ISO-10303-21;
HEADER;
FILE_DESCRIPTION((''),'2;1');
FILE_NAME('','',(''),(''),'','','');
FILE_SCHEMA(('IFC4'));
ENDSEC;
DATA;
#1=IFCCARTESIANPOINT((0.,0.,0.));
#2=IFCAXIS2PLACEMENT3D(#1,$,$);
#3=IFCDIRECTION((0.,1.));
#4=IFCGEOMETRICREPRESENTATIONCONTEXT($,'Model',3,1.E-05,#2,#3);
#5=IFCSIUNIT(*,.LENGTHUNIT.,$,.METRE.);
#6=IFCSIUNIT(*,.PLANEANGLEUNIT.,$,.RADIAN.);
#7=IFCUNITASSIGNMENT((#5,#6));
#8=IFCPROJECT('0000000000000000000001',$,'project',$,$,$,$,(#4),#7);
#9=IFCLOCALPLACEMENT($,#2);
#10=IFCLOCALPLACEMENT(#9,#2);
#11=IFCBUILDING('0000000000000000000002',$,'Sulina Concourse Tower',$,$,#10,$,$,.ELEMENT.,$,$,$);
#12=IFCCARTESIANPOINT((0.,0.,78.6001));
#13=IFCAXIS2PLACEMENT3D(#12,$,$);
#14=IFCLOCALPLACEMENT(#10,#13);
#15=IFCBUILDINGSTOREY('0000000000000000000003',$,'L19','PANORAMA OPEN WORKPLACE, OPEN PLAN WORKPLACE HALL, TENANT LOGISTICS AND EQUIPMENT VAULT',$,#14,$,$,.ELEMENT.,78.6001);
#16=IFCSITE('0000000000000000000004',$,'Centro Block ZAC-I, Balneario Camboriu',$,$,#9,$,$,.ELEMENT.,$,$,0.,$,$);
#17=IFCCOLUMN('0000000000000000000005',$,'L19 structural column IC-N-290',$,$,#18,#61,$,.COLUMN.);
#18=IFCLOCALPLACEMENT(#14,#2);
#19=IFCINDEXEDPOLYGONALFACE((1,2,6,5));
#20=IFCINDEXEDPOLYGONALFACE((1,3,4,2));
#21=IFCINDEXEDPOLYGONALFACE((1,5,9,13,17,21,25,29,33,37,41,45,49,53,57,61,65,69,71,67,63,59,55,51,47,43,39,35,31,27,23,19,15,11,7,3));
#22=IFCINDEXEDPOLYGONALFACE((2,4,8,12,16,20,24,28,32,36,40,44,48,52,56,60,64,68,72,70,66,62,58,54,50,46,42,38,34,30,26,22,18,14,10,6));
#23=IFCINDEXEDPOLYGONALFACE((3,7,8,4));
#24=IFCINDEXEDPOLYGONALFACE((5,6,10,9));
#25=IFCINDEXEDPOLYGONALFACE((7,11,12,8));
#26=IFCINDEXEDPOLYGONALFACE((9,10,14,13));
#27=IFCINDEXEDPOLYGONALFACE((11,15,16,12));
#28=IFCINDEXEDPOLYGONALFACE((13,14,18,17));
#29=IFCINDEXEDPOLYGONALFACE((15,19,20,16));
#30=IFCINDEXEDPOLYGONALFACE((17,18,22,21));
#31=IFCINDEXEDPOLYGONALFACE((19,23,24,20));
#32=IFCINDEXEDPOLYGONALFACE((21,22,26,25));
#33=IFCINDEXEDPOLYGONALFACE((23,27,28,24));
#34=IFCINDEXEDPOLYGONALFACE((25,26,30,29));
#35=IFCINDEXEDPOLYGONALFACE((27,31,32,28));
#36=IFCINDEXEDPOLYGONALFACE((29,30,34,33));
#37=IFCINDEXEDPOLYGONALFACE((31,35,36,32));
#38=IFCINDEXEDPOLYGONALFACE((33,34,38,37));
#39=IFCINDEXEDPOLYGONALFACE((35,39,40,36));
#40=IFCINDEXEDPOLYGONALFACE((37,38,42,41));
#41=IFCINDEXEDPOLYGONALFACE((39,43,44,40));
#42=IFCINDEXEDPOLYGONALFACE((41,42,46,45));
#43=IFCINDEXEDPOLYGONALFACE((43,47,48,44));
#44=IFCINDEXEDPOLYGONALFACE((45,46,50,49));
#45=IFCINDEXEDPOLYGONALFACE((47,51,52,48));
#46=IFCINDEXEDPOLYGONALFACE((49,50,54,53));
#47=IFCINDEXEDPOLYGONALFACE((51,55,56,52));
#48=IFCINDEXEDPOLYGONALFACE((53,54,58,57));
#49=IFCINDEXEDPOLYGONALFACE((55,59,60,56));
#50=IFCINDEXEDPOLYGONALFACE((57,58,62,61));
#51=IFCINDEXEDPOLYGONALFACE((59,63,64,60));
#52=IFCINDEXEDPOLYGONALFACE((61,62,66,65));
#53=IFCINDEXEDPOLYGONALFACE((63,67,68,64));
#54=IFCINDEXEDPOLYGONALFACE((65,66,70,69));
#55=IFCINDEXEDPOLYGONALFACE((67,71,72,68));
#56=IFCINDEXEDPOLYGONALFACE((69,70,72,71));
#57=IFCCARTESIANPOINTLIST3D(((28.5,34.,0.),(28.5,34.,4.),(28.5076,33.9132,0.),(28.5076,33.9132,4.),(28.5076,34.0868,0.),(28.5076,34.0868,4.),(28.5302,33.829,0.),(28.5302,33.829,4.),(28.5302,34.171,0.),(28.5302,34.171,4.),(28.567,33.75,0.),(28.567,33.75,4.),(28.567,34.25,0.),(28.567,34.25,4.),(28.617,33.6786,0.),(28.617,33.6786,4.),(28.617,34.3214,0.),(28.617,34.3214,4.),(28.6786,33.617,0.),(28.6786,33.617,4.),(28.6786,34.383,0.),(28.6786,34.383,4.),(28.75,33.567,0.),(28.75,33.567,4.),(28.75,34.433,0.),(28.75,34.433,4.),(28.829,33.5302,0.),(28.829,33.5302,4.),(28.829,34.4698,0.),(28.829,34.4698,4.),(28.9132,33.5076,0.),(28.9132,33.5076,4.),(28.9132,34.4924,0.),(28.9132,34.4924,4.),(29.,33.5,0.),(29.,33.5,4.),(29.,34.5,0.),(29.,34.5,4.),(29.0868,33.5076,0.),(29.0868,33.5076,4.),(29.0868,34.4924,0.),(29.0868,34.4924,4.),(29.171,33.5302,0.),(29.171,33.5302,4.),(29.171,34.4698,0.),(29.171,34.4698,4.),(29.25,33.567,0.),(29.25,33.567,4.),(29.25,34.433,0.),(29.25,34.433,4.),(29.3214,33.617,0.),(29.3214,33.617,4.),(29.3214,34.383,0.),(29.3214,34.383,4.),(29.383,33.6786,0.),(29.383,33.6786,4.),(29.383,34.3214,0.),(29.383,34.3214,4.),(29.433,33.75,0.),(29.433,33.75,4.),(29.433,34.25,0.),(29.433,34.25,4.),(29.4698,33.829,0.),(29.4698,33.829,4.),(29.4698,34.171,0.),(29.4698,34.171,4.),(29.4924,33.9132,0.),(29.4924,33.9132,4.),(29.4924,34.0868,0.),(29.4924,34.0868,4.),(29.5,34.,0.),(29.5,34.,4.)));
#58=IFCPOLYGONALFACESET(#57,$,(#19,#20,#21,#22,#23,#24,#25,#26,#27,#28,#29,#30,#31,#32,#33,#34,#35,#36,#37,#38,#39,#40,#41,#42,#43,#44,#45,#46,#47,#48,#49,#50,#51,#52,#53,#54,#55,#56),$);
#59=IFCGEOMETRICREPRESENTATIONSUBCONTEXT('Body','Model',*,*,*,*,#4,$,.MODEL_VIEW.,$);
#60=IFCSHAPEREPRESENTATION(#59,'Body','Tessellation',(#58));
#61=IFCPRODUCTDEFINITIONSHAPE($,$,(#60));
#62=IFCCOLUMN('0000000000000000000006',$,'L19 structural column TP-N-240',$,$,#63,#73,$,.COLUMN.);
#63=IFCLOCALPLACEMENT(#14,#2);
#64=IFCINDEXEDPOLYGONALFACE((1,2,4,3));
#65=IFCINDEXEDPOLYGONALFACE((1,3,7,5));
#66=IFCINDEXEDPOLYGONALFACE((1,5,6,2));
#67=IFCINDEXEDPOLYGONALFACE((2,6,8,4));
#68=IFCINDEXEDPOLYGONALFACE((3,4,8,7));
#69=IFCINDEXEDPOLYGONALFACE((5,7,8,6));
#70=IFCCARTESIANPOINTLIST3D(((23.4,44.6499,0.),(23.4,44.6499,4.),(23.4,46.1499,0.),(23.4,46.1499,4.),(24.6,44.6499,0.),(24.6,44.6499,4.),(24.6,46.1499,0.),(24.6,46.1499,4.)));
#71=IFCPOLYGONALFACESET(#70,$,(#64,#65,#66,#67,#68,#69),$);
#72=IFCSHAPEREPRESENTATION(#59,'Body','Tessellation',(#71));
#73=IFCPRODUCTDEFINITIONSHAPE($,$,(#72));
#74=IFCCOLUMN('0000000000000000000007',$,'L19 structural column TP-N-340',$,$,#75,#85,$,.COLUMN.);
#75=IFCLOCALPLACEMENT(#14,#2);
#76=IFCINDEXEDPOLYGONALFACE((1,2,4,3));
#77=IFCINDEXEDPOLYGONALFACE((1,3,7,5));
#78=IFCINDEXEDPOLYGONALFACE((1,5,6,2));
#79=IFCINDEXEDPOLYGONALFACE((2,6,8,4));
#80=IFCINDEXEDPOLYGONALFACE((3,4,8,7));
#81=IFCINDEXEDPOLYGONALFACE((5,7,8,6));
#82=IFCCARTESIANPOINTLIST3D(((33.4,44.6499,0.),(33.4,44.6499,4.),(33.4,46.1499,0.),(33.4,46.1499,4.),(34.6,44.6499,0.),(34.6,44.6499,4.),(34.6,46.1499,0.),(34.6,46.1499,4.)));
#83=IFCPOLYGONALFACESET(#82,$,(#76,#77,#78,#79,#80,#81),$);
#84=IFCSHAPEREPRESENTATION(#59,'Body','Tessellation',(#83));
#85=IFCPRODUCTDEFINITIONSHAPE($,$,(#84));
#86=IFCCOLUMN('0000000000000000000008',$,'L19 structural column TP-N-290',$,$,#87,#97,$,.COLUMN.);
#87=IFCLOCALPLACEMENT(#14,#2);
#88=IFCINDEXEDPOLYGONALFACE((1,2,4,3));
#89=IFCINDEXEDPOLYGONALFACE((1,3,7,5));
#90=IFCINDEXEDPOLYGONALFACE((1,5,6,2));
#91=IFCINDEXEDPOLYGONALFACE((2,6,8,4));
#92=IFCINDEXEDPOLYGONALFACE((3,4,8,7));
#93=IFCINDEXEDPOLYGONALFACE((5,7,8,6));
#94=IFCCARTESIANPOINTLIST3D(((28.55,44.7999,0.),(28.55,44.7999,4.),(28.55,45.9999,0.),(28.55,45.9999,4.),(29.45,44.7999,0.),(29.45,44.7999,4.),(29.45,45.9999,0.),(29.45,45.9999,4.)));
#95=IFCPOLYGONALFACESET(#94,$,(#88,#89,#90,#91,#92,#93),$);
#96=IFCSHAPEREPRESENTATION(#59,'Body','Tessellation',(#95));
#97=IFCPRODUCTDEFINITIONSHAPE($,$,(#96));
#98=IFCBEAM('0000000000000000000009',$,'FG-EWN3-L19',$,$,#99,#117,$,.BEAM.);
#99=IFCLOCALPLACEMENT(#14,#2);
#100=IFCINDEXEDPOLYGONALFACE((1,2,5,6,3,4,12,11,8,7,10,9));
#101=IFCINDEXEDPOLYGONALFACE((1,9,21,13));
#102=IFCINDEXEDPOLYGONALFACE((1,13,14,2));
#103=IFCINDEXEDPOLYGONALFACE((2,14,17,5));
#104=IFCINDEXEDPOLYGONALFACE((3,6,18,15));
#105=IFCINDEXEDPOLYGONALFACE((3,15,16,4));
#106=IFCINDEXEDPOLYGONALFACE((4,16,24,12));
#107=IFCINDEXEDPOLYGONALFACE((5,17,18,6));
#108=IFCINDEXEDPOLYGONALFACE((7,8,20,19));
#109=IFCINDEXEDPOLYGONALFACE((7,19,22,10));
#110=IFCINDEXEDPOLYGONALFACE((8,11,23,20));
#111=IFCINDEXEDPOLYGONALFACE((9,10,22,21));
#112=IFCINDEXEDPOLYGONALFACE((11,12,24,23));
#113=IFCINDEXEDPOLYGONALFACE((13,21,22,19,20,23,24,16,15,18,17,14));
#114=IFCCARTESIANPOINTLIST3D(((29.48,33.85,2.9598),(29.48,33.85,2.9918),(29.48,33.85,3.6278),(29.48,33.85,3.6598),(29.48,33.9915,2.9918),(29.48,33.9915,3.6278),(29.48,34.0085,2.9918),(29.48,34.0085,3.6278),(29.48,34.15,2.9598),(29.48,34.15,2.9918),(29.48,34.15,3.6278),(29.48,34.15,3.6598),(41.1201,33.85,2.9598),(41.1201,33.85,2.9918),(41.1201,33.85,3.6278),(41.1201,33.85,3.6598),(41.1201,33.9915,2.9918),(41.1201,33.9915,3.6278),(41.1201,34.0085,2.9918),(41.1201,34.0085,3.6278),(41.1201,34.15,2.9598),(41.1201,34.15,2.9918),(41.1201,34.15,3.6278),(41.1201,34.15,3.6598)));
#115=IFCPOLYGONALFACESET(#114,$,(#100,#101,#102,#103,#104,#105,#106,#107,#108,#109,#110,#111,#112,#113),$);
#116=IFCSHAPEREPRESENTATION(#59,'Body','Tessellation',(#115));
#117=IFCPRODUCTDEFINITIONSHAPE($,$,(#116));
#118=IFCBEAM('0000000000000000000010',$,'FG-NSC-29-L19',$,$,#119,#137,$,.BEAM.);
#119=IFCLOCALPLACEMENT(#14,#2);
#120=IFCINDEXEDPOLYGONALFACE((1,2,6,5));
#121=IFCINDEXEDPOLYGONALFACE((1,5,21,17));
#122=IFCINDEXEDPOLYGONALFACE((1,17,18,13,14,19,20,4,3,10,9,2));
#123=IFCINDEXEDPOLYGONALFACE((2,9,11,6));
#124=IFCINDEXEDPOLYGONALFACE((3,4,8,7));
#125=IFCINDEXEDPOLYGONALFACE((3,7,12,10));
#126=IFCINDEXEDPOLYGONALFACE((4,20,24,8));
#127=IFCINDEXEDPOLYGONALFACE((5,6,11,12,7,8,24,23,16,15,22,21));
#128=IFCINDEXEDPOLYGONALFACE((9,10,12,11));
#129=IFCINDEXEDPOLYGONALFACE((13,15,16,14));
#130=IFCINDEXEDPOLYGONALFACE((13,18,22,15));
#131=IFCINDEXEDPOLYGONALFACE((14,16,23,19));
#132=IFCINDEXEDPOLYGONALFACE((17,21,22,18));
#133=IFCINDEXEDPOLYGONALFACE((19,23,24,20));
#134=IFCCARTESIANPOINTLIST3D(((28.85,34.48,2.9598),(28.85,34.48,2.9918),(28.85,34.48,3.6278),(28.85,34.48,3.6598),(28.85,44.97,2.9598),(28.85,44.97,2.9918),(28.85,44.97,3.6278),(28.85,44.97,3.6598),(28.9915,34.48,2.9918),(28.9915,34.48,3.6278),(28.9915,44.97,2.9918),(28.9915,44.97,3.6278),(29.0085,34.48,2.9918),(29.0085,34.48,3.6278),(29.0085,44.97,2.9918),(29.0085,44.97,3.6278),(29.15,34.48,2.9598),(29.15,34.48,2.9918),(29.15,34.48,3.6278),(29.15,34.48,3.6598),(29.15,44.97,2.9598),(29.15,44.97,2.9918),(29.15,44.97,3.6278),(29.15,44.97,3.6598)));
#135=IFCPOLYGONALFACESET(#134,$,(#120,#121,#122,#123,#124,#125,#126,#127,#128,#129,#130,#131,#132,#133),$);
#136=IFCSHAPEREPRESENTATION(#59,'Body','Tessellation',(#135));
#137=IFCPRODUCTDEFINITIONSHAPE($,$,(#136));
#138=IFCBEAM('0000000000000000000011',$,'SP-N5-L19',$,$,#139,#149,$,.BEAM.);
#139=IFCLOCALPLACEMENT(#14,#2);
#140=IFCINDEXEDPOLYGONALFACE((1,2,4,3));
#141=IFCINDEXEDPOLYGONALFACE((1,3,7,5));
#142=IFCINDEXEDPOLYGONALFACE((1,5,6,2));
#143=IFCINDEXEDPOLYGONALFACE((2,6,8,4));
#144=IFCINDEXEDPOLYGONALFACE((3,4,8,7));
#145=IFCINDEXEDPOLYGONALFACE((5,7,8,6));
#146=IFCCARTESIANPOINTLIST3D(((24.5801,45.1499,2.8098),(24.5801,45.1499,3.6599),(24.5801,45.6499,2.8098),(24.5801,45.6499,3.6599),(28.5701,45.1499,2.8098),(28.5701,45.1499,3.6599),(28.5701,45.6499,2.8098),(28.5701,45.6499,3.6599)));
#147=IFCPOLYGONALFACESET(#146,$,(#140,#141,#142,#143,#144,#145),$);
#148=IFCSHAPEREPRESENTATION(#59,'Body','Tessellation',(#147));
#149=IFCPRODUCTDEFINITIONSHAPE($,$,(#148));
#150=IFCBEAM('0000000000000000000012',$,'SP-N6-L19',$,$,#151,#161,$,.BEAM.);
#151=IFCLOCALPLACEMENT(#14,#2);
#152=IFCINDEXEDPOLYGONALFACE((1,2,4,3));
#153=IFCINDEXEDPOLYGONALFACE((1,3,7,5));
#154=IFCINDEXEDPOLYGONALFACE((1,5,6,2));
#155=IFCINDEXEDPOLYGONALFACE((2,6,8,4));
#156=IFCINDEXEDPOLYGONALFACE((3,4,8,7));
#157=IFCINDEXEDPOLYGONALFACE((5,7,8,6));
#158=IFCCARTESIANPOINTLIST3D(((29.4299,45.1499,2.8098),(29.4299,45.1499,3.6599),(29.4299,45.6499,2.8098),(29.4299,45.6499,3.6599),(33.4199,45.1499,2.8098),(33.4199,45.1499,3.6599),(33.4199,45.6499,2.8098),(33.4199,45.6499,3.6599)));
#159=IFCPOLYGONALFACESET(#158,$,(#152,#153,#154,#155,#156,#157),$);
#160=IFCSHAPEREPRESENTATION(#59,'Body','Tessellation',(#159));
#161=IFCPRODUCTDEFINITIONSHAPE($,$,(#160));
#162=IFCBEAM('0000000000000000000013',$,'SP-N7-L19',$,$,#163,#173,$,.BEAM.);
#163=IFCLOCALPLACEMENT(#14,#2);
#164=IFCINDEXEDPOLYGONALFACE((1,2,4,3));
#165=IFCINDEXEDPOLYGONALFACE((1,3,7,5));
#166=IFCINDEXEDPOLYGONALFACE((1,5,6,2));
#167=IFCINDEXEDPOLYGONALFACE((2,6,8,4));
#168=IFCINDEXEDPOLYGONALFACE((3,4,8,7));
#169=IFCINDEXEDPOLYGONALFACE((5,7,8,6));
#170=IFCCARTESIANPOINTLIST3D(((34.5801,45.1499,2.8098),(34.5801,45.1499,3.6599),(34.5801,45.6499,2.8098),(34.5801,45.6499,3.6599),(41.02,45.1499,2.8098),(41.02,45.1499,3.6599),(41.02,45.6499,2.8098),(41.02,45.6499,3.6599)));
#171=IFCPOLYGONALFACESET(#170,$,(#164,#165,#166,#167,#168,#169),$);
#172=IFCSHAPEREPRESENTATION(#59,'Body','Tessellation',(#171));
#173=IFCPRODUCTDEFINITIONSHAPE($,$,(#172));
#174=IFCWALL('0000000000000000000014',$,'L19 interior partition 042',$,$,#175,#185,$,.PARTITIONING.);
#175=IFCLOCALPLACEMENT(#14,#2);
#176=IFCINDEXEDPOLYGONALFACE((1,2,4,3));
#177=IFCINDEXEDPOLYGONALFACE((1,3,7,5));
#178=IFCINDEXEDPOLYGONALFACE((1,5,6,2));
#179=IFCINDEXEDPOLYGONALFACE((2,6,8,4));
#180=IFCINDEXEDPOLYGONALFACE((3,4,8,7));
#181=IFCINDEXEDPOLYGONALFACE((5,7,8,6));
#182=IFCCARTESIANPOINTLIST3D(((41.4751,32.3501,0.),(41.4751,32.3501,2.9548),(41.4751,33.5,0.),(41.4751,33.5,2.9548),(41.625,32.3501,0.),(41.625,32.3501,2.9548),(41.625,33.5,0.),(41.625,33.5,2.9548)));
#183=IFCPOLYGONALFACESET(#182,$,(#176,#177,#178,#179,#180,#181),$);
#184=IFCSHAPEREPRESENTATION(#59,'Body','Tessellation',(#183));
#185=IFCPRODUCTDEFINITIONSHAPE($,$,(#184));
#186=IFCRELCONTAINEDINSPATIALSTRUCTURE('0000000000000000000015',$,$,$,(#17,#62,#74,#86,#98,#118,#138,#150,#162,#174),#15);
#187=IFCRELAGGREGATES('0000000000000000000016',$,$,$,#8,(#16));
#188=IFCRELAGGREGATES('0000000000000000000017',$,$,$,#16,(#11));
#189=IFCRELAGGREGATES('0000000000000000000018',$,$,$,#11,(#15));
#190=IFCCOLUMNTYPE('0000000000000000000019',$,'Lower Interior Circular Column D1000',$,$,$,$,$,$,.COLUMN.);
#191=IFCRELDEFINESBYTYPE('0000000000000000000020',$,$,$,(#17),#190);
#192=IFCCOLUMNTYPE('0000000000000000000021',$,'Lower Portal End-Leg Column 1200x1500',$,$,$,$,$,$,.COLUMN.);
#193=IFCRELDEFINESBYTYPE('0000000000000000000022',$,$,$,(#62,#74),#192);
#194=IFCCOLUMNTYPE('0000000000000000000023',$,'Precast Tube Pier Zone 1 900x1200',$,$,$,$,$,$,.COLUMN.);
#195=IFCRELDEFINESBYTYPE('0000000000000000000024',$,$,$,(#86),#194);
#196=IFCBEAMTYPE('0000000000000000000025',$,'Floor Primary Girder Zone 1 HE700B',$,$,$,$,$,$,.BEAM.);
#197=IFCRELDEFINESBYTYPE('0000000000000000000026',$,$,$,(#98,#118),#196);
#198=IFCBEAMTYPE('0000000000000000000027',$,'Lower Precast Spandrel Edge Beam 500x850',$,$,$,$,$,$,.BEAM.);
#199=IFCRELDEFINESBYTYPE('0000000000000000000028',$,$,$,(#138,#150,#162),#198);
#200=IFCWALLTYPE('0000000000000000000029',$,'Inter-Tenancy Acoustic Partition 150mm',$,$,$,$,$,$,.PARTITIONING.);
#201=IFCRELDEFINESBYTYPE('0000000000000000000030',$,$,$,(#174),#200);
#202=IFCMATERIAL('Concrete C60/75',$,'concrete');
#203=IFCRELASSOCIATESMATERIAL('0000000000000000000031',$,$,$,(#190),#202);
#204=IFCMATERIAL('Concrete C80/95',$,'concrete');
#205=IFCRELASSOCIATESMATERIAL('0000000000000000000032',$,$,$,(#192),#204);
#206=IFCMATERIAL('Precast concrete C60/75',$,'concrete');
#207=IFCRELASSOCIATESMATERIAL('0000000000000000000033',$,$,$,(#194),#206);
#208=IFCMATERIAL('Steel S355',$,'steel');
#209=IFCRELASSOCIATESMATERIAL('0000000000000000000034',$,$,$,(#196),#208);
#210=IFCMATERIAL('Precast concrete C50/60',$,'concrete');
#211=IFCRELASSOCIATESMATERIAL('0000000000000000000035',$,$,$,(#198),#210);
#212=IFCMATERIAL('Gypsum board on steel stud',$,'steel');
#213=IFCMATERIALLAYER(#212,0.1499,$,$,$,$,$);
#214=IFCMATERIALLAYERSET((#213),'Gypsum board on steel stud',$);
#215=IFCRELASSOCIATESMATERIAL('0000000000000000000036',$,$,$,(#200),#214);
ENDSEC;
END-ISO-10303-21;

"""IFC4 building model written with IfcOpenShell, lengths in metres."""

from ifc_helpers import new_model, si_unit, direction, frame, frame_2d, origin, origin_2d, place, context, subcontext, project, spatial, rectangle, circle, i_section, extrude, material, layer, layer_set, material_profile, profile_set, type_object, element, save


model = new_model("IFC4")

# Units and contexts
model_context = context("Model", 3, precision=1e-05, world=origin(), true_north=direction((0.0, 1.0)))
body_context = subcontext(model_context, "Body", "Model", "MODEL_VIEW")
ifc_project = project(units=[si_unit("LENGTHUNIT", "METRE"), si_unit("PLANEANGLEUNIT", "RADIAN")], contexts=[model_context])

# Site, building, storey
site_placement = place(None, origin())
site = spatial("IfcSite", under=ifc_project, at=site_placement, Name="Centro Block ZAC-I, Balneario Camboriu", CompositionType="ELEMENT", RefElevation=0.0)
building_placement = place(site_placement, origin())
building = spatial("IfcBuilding", under=site, at=building_placement, Name="Sulina Concourse Tower", CompositionType="ELEMENT")
storey_placement = place(building_placement, frame((0.0, 0.0, 78.6001)))
storey = spatial("IfcBuildingStorey", under=building, at=storey_placement, Name="L19", Description="PANORAMA OPEN WORKPLACE, OPEN PLAN WORKPLACE HALL, TENANT LOGISTICS AND EQUIPMENT VAULT", CompositionType="ELEMENT", Elevation=78.6001)

# Columns
ifc_material_1 = material(Name="Concrete C60/75", Category="concrete")
ifc_material_profile_1 = material_profile(ifc_material_1, circle(Radius=0.5, at=origin_2d()), Name="RC D1000")
ifc_profile_set_1 = profile_set([ifc_material_profile_1], Name="Concrete C60/75")
column_type_1 = type_object("IfcColumnType", Name="Lower Interior Circular Column D1000", PredefinedType="COLUMN", material=ifc_profile_set_1)
column_1_placement = place(storey_placement, frame((29.0, 34.0, 0.0), z_axis=(0.0, 0.0, 1.0), x_axis=(1.0, 0.0, 0.0)))
element("IfcColumn", 1, at=column_1_placement, inside=storey, type_object=column_type_1, Name="L19 structural column IC-N-290", PredefinedType="COLUMN", context=body_context, shape_type="SweptSolid", body=[
    extrude(circle(Radius=0.5, at=origin_2d()), origin(), (0.0, 0.0, 1.0), 4.0),
])
ifc_material_2 = material(Name="Concrete C80/95", Category="concrete")
ifc_material_profile_2 = material_profile(ifc_material_2, rectangle(XDim=1.2, YDim=1.5, at=origin_2d()), Name="RC 1200x1500")
ifc_profile_set_2 = profile_set([ifc_material_profile_2], Name="Concrete C80/95")
column_type_2 = type_object("IfcColumnType", Name="Lower Portal End-Leg Column 1200x1500", PredefinedType="COLUMN", material=ifc_profile_set_2)
for number, where, z_axis, x_axis, name in (
    (2, (24.0, 45.3999, 0.0), (0.0, 0.0, 1.0), (1.0, 0.0, 0.0), "L19 structural column TP-N-240"),
    (3, (34.0, 45.3999, 0.0), (0.0, 0.0, 1.0), (1.0, 0.0, 0.0), "L19 structural column TP-N-340"),
):
    element("IfcColumn", number, at=place(storey_placement, frame(where, z_axis=z_axis, x_axis=x_axis)), inside=storey, type_object=column_type_2, Name=name, PredefinedType="COLUMN", context=body_context, shape_type="SweptSolid", body=[
        extrude(rectangle(XDim=1.2, YDim=1.5, at=origin_2d()), origin(), (0.0, 0.0, 1.0), 4.0),
    ])
ifc_material_3 = material(Name="Precast concrete C60/75", Category="concrete")
ifc_material_profile_3 = material_profile(ifc_material_3, rectangle(XDim=0.8999, YDim=1.2, at=origin_2d()), Name="PC 900x1200")
ifc_profile_set_3 = profile_set([ifc_material_profile_3], Name="Precast concrete C60/75")
column_type_3 = type_object("IfcColumnType", Name="Precast Tube Pier Zone 1 900x1200", PredefinedType="COLUMN", material=ifc_profile_set_3)
column_2_placement = place(storey_placement, frame((29.0, 45.3999, 0.0), z_axis=(0.0, 0.0, 1.0), x_axis=(1.0, 0.0, 0.0)))
element("IfcColumn", 4, at=column_2_placement, inside=storey, type_object=column_type_3, Name="L19 structural column TP-N-290", PredefinedType="COLUMN", context=body_context, shape_type="SweptSolid", body=[
    extrude(rectangle(XDim=0.8999, YDim=1.2, at=origin_2d()), origin(), (0.0, 0.0, 1.0), 4.0),
])

# Beams
ifc_material_4 = material(Name="Steel S355", Category="steel")
ifc_material_profile_4 = material_profile(ifc_material_4, i_section(OverallWidth=0.3, OverallDepth=0.7, WebThickness=0.0171, FlangeThickness=0.032, at=origin_2d()), Name="HE 700 B")
ifc_profile_set_4 = profile_set([ifc_material_profile_4], Name="Steel S355")
beam_type_1 = type_object("IfcBeamType", Name="Floor Primary Girder Zone 1 HE700B", PredefinedType="BEAM", material=ifc_profile_set_4)
beam_1_placement = place(storey_placement, frame((29.48, 34.0, 3.3098), z_axis=(1.0, 0.0, 0.0), x_axis=(0.0, 1.0, 0.0)))
element("IfcBeam", 5, at=beam_1_placement, inside=storey, type_object=beam_type_1, Name="FG-EWN3-L19", PredefinedType="BEAM", context=body_context, shape_type="SweptSolid", body=[
    extrude(i_section(OverallWidth=0.3, OverallDepth=0.7, WebThickness=0.0171, FlangeThickness=0.032, at=origin_2d()), origin(), (0.0, 0.0, 1.0), 11.6401),
])
beam_2_placement = place(storey_placement, frame((29.0, 34.48, 3.3098), z_axis=(0.0, 1.0, 0.0), x_axis=(-1.0, 0.0, 0.0)))
element("IfcBeam", 6, at=beam_2_placement, inside=storey, type_object=beam_type_1, Name="FG-NSC-29-L19", PredefinedType="BEAM", context=body_context, shape_type="SweptSolid", body=[
    extrude(i_section(OverallWidth=0.3, OverallDepth=0.7, WebThickness=0.0171, FlangeThickness=0.032, at=origin_2d()), origin(), (0.0, 0.0, 1.0), 10.49),
])
ifc_material_5 = material(Name="Precast concrete C50/60", Category="concrete")
ifc_material_profile_5 = material_profile(ifc_material_5, rectangle(XDim=0.5, YDim=0.8501, at=origin_2d()), Name="RC 500x850")
ifc_profile_set_5 = profile_set([ifc_material_profile_5], Name="Precast concrete C50/60")
beam_type_2 = type_object("IfcBeamType", Name="Lower Precast Spandrel Edge Beam 500x850", PredefinedType="BEAM", material=ifc_profile_set_5)
for number, where, z_axis, x_axis, name in (
    (7, (24.5801, 45.3999, 3.2349), (1.0, 0.0, 0.0), (0.0, 1.0, 0.0), "SP-N5-L19"),
    (8, (29.4299, 45.3999, 3.2349), (1.0, 0.0, 0.0), (0.0, 1.0, 0.0), "SP-N6-L19"),
):
    element("IfcBeam", number, at=place(storey_placement, frame(where, z_axis=z_axis, x_axis=x_axis)), inside=storey, type_object=beam_type_2, Name=name, PredefinedType="BEAM", context=body_context, shape_type="SweptSolid", body=[
        extrude(rectangle(XDim=0.5, YDim=0.8501, at=origin_2d()), origin(), (0.0, 0.0, 1.0), 3.99),
    ])
beam_3_placement = place(storey_placement, frame((34.5801, 45.3999, 3.2349), z_axis=(1.0, 0.0, 0.0), x_axis=(0.0, 1.0, 0.0)))
element("IfcBeam", 9, at=beam_3_placement, inside=storey, type_object=beam_type_2, Name="SP-N7-L19", PredefinedType="BEAM", context=body_context, shape_type="SweptSolid", body=[
    extrude(rectangle(XDim=0.5, YDim=0.8501, at=origin_2d()), origin(), (0.0, 0.0, 1.0), 6.4399),
])

# Wall
ifc_material_6 = material(Name="Gypsum board on steel stud", Category="steel")
ifc_layer_1 = layer(ifc_material_6, 0.1499)
ifc_layer_set_1 = layer_set([ifc_layer_1], Name="Gypsum board on steel stud")
wall_type_1 = type_object("IfcWallType", Name="Inter-Tenancy Acoustic Partition 150mm", PredefinedType="PARTITIONING", material=ifc_layer_set_1)
wall_1_placement = place(storey_placement, frame((41.55, 32.3501, 0.0), z_axis=(0.0, 0.0, 1.0), x_axis=(0.0, 1.0, 0.0)))
element("IfcWall", 10, at=wall_1_placement, inside=storey, type_object=wall_type_1, Name="L19 interior partition 042", PredefinedType="PARTITIONING", context=body_context, shape_type="SweptSolid", body=[
    extrude(rectangle(XDim=1.1499, YDim=0.1499, at=frame_2d((0.575, 0.0))), origin(), (0.0, 0.0, 1.0), 2.9548),
])

save(model, "model.ifc")
